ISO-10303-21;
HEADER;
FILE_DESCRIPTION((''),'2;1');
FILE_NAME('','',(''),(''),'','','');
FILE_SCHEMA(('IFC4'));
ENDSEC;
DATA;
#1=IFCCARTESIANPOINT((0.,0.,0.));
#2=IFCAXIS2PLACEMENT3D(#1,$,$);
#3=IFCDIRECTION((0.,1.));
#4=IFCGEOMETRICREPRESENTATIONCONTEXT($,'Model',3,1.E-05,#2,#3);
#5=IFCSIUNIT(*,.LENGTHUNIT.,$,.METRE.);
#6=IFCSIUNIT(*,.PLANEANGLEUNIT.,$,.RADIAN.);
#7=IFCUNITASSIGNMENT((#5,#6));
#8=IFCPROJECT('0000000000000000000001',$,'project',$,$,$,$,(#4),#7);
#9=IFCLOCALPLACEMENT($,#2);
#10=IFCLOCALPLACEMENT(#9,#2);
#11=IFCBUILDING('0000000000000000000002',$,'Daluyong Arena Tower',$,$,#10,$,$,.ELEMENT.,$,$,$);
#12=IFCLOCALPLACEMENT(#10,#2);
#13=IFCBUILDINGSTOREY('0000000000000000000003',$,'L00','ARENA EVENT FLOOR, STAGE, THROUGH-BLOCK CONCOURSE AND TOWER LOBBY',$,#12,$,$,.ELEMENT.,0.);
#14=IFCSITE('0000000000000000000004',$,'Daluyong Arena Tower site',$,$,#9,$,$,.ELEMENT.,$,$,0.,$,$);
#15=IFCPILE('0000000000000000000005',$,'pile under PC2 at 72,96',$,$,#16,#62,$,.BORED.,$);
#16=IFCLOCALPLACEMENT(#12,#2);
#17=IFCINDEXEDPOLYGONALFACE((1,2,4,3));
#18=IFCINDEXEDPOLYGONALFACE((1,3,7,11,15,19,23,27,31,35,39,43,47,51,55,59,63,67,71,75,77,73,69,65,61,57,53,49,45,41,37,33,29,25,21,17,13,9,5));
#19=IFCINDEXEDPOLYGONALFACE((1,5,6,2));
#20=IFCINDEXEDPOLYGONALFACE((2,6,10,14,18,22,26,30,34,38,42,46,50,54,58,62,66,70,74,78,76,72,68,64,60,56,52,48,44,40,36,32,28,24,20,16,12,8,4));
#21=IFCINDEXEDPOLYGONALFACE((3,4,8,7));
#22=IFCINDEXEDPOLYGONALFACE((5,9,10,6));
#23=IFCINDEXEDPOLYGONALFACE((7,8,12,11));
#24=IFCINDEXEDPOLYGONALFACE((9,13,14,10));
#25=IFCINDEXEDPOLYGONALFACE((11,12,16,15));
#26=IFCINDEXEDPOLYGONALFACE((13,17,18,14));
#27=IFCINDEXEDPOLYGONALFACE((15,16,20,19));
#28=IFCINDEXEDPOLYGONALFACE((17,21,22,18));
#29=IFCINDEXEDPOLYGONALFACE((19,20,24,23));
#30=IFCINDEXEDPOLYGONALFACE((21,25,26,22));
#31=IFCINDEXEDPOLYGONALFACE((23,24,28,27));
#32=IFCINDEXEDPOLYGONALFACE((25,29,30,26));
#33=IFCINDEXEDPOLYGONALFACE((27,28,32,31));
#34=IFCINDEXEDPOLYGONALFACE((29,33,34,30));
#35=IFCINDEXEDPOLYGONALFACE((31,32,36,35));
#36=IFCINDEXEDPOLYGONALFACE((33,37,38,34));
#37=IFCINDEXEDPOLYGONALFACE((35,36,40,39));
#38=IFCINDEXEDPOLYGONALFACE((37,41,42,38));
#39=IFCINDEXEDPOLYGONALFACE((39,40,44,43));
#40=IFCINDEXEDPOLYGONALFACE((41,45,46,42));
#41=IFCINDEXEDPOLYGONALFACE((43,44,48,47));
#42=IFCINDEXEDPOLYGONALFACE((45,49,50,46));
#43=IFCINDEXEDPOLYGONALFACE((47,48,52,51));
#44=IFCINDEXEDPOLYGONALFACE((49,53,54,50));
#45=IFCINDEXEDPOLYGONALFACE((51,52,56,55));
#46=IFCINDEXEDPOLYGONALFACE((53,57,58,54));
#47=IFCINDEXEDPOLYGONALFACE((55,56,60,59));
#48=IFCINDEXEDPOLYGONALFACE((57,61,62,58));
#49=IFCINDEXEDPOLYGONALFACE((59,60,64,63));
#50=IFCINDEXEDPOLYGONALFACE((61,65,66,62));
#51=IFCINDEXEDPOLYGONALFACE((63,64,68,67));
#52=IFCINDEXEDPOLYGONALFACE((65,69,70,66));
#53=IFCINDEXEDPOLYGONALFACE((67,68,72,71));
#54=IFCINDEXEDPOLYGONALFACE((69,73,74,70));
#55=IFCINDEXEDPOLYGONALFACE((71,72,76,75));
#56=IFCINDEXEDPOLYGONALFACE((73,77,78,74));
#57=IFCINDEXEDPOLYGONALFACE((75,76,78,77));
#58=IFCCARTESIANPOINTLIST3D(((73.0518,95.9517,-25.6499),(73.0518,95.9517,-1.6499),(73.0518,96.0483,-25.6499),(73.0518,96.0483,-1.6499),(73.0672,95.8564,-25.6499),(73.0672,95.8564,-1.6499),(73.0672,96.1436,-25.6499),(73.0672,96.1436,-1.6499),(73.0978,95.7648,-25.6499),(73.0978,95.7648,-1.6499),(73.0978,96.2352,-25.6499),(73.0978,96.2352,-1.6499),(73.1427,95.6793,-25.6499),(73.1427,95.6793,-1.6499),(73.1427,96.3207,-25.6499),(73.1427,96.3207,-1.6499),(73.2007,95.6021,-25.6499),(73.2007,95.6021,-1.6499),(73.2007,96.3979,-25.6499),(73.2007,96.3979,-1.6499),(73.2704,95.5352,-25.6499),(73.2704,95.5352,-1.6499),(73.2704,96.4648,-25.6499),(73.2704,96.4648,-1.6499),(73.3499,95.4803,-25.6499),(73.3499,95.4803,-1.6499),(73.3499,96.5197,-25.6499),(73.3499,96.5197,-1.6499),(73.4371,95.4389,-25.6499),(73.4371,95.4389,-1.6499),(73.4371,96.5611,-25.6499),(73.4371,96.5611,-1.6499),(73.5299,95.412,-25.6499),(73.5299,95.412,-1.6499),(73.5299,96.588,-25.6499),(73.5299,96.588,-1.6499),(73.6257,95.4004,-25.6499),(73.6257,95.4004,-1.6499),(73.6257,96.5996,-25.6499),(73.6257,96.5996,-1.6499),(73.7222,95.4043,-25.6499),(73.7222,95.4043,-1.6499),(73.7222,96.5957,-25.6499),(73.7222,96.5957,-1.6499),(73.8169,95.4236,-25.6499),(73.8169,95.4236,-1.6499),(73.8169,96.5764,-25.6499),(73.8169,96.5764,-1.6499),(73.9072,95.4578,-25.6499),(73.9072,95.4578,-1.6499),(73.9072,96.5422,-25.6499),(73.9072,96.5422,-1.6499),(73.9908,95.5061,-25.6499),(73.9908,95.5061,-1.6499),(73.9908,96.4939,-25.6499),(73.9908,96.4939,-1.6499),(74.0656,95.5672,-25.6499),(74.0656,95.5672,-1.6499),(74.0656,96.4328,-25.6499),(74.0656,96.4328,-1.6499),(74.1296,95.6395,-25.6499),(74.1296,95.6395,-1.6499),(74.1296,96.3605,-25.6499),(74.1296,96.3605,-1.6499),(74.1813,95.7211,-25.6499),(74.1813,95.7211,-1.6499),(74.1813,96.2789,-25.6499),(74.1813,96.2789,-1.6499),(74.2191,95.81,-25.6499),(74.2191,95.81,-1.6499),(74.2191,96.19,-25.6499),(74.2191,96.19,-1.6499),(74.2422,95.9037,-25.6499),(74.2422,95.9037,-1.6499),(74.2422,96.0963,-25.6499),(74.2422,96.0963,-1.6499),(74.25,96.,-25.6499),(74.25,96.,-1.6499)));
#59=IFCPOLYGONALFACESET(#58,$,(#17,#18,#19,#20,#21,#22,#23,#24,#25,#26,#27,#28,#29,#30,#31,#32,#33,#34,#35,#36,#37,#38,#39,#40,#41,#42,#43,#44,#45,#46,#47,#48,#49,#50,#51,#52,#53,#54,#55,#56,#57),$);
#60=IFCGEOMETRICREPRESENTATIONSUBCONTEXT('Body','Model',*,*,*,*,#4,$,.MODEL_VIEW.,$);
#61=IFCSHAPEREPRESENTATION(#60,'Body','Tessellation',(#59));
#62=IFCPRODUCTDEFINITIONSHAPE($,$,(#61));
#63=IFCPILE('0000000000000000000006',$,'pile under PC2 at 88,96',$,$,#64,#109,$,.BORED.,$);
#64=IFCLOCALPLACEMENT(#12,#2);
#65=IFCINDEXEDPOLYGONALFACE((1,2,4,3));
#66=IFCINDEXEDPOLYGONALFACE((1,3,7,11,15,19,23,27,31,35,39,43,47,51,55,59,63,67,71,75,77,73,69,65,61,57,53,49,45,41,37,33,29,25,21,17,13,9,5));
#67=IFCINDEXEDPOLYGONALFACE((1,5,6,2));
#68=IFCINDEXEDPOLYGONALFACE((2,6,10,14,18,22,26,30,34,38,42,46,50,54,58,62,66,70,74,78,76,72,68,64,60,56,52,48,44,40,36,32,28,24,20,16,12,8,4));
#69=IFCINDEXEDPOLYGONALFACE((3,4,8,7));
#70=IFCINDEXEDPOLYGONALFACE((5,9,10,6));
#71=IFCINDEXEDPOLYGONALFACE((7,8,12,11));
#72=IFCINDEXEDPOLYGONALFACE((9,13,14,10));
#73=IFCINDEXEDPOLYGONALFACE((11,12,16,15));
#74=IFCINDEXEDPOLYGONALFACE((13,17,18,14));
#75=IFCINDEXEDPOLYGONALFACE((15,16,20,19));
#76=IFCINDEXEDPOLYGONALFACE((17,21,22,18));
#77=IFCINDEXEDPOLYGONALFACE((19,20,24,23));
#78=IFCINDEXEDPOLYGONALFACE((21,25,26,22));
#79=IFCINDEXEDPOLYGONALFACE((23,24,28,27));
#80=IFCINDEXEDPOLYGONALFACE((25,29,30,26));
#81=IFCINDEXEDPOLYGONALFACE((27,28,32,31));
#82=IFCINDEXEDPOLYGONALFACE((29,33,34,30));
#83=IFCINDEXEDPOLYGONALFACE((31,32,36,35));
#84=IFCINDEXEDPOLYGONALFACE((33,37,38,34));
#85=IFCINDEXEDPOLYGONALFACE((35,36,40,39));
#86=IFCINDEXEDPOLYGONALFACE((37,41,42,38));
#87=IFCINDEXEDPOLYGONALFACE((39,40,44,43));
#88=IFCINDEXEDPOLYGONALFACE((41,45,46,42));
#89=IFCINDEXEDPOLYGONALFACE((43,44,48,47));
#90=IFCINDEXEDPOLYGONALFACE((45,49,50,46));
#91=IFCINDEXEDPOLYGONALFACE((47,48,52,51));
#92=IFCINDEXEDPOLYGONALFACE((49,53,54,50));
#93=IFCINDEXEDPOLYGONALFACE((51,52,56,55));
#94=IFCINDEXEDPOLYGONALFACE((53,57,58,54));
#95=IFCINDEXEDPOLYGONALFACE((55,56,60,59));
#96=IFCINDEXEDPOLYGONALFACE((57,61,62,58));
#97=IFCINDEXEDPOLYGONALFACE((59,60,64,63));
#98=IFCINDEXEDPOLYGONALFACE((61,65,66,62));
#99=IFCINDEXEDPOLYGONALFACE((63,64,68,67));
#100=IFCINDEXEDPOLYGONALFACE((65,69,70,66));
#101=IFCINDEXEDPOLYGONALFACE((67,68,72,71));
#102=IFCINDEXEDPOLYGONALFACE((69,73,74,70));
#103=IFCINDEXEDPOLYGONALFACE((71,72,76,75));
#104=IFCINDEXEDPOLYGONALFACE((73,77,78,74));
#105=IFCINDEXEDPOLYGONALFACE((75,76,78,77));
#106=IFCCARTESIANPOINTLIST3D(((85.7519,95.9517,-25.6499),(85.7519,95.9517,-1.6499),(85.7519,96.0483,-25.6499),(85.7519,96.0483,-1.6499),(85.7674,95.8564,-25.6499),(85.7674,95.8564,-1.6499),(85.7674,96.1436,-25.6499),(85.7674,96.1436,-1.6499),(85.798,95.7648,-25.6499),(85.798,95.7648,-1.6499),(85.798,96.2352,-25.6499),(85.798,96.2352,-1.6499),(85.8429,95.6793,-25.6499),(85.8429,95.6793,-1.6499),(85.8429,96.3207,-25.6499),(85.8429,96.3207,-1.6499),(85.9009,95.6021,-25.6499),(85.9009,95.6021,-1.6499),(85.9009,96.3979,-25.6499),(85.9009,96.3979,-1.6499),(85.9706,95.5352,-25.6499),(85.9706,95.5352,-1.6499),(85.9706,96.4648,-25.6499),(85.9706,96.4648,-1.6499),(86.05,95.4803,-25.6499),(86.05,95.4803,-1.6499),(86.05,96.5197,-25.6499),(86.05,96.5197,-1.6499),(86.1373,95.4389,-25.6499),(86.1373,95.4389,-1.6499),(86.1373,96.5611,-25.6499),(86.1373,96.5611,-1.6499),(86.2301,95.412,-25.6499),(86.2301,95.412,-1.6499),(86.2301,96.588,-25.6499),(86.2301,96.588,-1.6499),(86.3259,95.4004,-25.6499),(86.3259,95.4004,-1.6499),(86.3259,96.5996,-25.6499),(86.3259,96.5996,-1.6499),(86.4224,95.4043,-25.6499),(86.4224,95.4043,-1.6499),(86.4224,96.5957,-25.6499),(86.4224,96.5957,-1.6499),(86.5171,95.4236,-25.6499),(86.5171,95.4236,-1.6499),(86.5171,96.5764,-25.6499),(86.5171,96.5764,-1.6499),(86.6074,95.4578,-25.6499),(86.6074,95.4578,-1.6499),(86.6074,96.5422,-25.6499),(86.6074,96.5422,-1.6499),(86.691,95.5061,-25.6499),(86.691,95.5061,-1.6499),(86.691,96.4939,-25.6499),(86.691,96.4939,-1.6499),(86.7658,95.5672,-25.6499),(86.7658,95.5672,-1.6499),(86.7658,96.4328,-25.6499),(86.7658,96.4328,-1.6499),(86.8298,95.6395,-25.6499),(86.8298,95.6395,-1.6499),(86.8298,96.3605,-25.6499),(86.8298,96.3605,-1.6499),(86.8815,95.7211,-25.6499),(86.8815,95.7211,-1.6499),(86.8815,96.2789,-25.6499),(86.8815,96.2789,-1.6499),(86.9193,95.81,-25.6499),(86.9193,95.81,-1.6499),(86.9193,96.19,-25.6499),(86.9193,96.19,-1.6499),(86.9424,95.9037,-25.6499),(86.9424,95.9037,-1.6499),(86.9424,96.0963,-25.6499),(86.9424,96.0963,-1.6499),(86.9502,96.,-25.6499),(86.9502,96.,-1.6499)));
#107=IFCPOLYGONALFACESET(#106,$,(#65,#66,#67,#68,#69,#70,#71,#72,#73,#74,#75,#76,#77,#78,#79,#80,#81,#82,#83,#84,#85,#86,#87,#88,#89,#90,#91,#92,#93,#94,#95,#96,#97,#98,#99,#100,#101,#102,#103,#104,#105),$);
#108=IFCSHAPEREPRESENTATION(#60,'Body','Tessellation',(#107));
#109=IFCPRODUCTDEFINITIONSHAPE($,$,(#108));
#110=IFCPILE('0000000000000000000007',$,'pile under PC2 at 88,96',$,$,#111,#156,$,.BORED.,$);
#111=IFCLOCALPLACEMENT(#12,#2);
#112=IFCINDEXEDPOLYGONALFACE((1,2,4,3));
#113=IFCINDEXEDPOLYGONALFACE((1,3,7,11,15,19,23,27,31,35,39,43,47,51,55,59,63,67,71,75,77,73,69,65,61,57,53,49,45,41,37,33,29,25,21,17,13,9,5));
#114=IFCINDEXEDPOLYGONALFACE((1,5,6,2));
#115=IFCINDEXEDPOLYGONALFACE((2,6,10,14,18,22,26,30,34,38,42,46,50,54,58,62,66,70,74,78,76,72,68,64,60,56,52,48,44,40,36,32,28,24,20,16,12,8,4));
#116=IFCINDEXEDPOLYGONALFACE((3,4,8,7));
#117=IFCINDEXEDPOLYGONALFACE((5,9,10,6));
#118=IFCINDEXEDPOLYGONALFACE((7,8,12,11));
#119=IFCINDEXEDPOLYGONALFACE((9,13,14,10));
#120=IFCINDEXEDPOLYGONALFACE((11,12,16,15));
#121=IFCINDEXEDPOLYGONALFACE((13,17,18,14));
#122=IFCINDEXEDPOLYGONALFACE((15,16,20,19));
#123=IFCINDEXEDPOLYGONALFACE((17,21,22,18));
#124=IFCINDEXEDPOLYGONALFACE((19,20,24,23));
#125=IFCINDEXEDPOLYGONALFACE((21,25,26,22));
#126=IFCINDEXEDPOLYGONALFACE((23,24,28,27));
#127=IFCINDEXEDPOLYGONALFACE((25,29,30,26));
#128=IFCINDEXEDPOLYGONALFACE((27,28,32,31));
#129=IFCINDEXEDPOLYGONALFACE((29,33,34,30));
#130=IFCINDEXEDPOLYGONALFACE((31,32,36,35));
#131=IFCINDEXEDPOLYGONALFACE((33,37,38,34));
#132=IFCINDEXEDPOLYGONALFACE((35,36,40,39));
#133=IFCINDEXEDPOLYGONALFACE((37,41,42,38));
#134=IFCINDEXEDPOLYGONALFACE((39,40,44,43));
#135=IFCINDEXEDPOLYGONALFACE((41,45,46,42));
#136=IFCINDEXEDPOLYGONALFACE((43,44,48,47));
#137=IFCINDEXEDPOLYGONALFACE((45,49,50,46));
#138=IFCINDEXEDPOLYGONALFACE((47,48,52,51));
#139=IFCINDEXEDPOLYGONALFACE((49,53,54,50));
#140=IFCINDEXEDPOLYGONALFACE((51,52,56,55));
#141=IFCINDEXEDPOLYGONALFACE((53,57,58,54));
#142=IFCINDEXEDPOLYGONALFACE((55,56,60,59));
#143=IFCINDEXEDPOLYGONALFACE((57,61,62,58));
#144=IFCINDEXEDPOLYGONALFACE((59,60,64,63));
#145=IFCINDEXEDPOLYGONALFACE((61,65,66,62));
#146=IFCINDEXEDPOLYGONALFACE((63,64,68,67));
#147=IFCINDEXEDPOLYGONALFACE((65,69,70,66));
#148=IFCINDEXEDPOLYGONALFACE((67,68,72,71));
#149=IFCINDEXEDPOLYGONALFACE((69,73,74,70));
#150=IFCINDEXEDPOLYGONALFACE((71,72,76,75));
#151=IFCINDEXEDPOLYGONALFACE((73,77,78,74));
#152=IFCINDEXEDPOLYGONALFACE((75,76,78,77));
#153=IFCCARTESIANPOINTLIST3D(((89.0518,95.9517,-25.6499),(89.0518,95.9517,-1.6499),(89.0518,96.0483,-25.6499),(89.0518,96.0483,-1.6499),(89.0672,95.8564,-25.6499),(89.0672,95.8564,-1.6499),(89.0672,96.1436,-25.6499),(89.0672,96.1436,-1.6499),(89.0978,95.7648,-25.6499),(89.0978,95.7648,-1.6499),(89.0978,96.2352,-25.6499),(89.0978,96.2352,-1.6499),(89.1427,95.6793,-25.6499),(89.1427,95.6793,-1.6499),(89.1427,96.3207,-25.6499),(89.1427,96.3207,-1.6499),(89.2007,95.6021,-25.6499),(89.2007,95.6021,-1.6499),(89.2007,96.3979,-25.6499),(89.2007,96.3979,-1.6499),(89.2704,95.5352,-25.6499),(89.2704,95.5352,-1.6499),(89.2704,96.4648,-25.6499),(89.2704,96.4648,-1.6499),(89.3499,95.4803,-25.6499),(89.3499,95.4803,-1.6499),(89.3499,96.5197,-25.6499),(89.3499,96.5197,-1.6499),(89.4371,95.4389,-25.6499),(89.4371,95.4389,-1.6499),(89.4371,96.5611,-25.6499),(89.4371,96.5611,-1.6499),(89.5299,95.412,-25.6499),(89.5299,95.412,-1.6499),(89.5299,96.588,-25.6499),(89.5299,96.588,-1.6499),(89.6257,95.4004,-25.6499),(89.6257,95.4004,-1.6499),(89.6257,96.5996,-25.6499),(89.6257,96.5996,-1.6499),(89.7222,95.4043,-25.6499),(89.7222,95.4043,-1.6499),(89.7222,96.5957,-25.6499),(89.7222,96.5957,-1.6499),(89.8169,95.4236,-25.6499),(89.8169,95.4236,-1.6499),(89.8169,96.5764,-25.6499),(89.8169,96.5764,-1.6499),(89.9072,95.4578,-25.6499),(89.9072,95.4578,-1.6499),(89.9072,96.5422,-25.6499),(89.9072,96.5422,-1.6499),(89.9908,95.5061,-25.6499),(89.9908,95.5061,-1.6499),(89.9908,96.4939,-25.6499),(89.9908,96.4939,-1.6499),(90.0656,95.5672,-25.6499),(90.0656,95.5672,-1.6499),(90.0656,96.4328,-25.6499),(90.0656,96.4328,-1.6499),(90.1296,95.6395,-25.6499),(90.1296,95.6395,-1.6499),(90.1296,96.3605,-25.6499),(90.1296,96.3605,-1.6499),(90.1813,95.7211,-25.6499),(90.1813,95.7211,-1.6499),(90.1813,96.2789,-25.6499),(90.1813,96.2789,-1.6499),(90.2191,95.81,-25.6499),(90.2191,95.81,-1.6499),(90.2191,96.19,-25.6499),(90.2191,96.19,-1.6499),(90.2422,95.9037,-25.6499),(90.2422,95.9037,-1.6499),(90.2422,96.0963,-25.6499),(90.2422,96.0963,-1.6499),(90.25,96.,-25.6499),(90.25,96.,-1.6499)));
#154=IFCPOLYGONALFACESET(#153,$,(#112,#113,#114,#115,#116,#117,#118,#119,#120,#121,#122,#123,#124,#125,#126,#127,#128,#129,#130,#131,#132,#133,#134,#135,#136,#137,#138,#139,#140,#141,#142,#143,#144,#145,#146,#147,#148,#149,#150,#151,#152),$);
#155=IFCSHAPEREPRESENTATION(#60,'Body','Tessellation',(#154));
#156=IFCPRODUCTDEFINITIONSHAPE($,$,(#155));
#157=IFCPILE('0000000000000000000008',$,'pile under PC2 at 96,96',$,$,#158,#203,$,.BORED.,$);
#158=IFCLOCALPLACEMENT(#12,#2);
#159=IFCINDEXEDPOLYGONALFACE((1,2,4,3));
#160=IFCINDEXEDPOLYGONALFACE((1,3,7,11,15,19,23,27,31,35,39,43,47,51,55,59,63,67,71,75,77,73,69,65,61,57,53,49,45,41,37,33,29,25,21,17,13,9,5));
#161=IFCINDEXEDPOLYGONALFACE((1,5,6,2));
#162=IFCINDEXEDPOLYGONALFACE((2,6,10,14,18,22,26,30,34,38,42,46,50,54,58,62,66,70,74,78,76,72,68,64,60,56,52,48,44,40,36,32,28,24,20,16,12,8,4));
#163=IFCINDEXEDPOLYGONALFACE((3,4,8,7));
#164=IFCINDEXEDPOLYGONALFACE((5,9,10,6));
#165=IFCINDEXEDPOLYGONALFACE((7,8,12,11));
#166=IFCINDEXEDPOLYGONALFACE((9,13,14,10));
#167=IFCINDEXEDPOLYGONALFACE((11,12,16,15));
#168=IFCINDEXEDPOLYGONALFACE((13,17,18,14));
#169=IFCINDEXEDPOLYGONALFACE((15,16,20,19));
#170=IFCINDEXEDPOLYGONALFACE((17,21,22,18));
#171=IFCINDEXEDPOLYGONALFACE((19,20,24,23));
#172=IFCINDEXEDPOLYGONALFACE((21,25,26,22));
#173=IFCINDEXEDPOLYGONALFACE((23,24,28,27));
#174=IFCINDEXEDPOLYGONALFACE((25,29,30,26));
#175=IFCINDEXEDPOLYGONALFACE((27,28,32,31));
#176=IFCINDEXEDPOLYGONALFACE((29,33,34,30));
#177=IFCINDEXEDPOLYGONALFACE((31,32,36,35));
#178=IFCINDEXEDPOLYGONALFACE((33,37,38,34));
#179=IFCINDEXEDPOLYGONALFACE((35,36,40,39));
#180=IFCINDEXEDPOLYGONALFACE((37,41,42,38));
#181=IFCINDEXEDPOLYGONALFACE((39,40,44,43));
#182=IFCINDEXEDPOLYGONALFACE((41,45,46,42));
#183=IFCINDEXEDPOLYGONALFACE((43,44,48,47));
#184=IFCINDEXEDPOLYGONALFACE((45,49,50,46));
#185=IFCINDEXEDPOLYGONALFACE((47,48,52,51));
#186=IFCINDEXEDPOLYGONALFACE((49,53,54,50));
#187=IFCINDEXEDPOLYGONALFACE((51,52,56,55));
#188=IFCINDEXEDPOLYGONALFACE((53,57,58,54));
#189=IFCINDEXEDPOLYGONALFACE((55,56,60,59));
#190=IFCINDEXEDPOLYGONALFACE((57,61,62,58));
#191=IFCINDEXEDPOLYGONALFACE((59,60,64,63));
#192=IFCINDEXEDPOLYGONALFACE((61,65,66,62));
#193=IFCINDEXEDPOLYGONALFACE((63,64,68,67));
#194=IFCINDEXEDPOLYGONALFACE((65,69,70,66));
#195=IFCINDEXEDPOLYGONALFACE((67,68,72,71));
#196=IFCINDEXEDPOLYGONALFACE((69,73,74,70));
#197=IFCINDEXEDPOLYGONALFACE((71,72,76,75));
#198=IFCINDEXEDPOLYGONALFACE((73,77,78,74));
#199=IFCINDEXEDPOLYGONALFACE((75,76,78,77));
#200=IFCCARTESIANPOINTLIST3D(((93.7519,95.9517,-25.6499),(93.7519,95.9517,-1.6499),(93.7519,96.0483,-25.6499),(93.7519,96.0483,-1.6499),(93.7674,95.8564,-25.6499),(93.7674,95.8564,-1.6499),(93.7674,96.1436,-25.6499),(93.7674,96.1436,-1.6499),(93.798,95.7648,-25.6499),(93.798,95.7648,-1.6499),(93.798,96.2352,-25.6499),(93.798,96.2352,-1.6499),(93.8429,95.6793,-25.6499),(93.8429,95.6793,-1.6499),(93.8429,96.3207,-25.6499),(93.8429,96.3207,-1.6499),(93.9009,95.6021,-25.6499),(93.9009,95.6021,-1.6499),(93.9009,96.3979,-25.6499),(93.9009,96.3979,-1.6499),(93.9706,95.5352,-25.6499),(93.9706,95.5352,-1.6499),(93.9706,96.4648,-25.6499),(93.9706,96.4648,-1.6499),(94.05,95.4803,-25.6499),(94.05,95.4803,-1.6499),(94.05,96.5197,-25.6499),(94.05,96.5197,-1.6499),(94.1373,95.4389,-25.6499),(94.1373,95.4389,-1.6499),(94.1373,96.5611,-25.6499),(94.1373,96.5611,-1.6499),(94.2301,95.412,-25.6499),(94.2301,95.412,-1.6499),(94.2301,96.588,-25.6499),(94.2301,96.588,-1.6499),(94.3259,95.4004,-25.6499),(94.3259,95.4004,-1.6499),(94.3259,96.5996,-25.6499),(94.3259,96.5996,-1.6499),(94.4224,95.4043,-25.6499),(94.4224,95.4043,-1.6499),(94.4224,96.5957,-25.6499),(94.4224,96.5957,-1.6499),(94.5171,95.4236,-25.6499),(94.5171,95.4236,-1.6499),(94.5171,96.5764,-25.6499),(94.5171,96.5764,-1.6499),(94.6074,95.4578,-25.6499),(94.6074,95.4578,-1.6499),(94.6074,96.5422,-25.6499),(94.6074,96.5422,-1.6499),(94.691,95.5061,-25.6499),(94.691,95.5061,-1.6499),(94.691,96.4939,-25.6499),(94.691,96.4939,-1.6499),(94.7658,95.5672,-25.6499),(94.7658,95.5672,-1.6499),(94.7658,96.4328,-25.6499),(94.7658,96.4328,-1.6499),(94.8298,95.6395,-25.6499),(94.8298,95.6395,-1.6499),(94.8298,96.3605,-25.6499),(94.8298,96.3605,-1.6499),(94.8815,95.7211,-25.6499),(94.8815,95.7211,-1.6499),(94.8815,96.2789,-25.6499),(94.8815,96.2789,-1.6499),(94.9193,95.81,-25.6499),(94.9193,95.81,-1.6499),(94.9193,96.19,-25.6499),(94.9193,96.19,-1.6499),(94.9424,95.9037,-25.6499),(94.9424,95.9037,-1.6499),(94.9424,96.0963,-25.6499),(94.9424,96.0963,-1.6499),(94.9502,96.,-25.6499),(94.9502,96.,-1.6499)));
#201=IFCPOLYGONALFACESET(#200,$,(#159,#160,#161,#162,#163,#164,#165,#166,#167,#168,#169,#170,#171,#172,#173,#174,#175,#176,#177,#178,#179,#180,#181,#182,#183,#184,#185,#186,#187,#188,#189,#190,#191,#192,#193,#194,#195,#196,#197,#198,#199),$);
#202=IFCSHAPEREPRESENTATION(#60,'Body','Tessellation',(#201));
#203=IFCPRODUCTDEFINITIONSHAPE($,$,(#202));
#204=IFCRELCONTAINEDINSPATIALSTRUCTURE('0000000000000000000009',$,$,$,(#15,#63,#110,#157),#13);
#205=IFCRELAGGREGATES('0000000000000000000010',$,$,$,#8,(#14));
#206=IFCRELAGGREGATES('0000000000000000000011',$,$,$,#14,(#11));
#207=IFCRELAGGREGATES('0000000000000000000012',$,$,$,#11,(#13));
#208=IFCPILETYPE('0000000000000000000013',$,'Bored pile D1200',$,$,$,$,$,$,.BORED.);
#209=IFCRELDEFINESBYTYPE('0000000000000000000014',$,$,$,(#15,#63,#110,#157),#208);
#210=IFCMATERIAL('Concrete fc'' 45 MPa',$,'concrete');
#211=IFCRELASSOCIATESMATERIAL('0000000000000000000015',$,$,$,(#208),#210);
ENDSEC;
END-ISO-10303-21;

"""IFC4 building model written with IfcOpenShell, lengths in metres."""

from ifc_helpers import new_model, si_unit, direction, frame, origin, origin_2d, place, context, subcontext, project, spatial, circle, extrude, material, type_object, element, save


model = new_model("IFC4")

# Units and contexts
model_context = context("Model", 3, precision=1e-05, world=origin(), true_north=direction((0.0, 1.0)))
body_context = subcontext(model_context, "Body", "Model", "MODEL_VIEW")
ifc_project = project(units=[si_unit("LENGTHUNIT", "METRE"), si_unit("PLANEANGLEUNIT", "RADIAN")], contexts=[model_context])

# Site, building, storey
site_placement = place(None, origin())
site = spatial("IfcSite", under=ifc_project, at=site_placement, Name="Daluyong Arena Tower site", CompositionType="ELEMENT", RefElevation=0.0)
building_placement = place(site_placement, origin())
building = spatial("IfcBuilding", under=site, at=building_placement, Name="Daluyong Arena Tower", CompositionType="ELEMENT")
storey_placement = place(building_placement, origin())
storey = spatial("IfcBuildingStorey", under=building, at=storey_placement, Name="L00", Description="ARENA EVENT FLOOR, STAGE, THROUGH-BLOCK CONCOURSE AND TOWER LOBBY", CompositionType="ELEMENT", Elevation=0.0)

# Piles
ifc_material_1 = material(Name="Concrete fc' 45 MPa", Category="concrete")
pile_type_1 = type_object("IfcPileType", Name="Bored pile D1200", PredefinedType="BORED", material=ifc_material_1)
for number, where, z_axis, x_axis, name in (
    (1, (73.6499, 96.0, -1.6499), (0.0, 0.0, -1.0), (1.0, 0.0, 0.0), "pile under PC2 at 72,96"),
    (2, (86.3501, 96.0, -1.6499), (0.0, 0.0, -1.0), (1.0, 0.0, 0.0), "pile under PC2 at 88,96"),
    (3, (89.6499, 96.0, -1.6499), (0.0, 0.0, -1.0), (1.0, 0.0, 0.0), "pile under PC2 at 88,96"),
    (4, (94.3501, 96.0, -1.6499), (0.0, 0.0, -1.0), (1.0, 0.0, 0.0), "pile under PC2 at 96,96"),
):
    element("IfcPile", number, at=place(storey_placement, frame(where, z_axis=z_axis, x_axis=x_axis)), inside=storey, type_object=pile_type_1, Name=name, PredefinedType="BORED", context=body_context, shape_type="SweptSolid", body=[
        extrude(circle(Radius=0.6001, at=origin_2d()), origin(), (0.0, 0.0, 1.0), 24.0),
    ])

save(model, "model.ifc")
